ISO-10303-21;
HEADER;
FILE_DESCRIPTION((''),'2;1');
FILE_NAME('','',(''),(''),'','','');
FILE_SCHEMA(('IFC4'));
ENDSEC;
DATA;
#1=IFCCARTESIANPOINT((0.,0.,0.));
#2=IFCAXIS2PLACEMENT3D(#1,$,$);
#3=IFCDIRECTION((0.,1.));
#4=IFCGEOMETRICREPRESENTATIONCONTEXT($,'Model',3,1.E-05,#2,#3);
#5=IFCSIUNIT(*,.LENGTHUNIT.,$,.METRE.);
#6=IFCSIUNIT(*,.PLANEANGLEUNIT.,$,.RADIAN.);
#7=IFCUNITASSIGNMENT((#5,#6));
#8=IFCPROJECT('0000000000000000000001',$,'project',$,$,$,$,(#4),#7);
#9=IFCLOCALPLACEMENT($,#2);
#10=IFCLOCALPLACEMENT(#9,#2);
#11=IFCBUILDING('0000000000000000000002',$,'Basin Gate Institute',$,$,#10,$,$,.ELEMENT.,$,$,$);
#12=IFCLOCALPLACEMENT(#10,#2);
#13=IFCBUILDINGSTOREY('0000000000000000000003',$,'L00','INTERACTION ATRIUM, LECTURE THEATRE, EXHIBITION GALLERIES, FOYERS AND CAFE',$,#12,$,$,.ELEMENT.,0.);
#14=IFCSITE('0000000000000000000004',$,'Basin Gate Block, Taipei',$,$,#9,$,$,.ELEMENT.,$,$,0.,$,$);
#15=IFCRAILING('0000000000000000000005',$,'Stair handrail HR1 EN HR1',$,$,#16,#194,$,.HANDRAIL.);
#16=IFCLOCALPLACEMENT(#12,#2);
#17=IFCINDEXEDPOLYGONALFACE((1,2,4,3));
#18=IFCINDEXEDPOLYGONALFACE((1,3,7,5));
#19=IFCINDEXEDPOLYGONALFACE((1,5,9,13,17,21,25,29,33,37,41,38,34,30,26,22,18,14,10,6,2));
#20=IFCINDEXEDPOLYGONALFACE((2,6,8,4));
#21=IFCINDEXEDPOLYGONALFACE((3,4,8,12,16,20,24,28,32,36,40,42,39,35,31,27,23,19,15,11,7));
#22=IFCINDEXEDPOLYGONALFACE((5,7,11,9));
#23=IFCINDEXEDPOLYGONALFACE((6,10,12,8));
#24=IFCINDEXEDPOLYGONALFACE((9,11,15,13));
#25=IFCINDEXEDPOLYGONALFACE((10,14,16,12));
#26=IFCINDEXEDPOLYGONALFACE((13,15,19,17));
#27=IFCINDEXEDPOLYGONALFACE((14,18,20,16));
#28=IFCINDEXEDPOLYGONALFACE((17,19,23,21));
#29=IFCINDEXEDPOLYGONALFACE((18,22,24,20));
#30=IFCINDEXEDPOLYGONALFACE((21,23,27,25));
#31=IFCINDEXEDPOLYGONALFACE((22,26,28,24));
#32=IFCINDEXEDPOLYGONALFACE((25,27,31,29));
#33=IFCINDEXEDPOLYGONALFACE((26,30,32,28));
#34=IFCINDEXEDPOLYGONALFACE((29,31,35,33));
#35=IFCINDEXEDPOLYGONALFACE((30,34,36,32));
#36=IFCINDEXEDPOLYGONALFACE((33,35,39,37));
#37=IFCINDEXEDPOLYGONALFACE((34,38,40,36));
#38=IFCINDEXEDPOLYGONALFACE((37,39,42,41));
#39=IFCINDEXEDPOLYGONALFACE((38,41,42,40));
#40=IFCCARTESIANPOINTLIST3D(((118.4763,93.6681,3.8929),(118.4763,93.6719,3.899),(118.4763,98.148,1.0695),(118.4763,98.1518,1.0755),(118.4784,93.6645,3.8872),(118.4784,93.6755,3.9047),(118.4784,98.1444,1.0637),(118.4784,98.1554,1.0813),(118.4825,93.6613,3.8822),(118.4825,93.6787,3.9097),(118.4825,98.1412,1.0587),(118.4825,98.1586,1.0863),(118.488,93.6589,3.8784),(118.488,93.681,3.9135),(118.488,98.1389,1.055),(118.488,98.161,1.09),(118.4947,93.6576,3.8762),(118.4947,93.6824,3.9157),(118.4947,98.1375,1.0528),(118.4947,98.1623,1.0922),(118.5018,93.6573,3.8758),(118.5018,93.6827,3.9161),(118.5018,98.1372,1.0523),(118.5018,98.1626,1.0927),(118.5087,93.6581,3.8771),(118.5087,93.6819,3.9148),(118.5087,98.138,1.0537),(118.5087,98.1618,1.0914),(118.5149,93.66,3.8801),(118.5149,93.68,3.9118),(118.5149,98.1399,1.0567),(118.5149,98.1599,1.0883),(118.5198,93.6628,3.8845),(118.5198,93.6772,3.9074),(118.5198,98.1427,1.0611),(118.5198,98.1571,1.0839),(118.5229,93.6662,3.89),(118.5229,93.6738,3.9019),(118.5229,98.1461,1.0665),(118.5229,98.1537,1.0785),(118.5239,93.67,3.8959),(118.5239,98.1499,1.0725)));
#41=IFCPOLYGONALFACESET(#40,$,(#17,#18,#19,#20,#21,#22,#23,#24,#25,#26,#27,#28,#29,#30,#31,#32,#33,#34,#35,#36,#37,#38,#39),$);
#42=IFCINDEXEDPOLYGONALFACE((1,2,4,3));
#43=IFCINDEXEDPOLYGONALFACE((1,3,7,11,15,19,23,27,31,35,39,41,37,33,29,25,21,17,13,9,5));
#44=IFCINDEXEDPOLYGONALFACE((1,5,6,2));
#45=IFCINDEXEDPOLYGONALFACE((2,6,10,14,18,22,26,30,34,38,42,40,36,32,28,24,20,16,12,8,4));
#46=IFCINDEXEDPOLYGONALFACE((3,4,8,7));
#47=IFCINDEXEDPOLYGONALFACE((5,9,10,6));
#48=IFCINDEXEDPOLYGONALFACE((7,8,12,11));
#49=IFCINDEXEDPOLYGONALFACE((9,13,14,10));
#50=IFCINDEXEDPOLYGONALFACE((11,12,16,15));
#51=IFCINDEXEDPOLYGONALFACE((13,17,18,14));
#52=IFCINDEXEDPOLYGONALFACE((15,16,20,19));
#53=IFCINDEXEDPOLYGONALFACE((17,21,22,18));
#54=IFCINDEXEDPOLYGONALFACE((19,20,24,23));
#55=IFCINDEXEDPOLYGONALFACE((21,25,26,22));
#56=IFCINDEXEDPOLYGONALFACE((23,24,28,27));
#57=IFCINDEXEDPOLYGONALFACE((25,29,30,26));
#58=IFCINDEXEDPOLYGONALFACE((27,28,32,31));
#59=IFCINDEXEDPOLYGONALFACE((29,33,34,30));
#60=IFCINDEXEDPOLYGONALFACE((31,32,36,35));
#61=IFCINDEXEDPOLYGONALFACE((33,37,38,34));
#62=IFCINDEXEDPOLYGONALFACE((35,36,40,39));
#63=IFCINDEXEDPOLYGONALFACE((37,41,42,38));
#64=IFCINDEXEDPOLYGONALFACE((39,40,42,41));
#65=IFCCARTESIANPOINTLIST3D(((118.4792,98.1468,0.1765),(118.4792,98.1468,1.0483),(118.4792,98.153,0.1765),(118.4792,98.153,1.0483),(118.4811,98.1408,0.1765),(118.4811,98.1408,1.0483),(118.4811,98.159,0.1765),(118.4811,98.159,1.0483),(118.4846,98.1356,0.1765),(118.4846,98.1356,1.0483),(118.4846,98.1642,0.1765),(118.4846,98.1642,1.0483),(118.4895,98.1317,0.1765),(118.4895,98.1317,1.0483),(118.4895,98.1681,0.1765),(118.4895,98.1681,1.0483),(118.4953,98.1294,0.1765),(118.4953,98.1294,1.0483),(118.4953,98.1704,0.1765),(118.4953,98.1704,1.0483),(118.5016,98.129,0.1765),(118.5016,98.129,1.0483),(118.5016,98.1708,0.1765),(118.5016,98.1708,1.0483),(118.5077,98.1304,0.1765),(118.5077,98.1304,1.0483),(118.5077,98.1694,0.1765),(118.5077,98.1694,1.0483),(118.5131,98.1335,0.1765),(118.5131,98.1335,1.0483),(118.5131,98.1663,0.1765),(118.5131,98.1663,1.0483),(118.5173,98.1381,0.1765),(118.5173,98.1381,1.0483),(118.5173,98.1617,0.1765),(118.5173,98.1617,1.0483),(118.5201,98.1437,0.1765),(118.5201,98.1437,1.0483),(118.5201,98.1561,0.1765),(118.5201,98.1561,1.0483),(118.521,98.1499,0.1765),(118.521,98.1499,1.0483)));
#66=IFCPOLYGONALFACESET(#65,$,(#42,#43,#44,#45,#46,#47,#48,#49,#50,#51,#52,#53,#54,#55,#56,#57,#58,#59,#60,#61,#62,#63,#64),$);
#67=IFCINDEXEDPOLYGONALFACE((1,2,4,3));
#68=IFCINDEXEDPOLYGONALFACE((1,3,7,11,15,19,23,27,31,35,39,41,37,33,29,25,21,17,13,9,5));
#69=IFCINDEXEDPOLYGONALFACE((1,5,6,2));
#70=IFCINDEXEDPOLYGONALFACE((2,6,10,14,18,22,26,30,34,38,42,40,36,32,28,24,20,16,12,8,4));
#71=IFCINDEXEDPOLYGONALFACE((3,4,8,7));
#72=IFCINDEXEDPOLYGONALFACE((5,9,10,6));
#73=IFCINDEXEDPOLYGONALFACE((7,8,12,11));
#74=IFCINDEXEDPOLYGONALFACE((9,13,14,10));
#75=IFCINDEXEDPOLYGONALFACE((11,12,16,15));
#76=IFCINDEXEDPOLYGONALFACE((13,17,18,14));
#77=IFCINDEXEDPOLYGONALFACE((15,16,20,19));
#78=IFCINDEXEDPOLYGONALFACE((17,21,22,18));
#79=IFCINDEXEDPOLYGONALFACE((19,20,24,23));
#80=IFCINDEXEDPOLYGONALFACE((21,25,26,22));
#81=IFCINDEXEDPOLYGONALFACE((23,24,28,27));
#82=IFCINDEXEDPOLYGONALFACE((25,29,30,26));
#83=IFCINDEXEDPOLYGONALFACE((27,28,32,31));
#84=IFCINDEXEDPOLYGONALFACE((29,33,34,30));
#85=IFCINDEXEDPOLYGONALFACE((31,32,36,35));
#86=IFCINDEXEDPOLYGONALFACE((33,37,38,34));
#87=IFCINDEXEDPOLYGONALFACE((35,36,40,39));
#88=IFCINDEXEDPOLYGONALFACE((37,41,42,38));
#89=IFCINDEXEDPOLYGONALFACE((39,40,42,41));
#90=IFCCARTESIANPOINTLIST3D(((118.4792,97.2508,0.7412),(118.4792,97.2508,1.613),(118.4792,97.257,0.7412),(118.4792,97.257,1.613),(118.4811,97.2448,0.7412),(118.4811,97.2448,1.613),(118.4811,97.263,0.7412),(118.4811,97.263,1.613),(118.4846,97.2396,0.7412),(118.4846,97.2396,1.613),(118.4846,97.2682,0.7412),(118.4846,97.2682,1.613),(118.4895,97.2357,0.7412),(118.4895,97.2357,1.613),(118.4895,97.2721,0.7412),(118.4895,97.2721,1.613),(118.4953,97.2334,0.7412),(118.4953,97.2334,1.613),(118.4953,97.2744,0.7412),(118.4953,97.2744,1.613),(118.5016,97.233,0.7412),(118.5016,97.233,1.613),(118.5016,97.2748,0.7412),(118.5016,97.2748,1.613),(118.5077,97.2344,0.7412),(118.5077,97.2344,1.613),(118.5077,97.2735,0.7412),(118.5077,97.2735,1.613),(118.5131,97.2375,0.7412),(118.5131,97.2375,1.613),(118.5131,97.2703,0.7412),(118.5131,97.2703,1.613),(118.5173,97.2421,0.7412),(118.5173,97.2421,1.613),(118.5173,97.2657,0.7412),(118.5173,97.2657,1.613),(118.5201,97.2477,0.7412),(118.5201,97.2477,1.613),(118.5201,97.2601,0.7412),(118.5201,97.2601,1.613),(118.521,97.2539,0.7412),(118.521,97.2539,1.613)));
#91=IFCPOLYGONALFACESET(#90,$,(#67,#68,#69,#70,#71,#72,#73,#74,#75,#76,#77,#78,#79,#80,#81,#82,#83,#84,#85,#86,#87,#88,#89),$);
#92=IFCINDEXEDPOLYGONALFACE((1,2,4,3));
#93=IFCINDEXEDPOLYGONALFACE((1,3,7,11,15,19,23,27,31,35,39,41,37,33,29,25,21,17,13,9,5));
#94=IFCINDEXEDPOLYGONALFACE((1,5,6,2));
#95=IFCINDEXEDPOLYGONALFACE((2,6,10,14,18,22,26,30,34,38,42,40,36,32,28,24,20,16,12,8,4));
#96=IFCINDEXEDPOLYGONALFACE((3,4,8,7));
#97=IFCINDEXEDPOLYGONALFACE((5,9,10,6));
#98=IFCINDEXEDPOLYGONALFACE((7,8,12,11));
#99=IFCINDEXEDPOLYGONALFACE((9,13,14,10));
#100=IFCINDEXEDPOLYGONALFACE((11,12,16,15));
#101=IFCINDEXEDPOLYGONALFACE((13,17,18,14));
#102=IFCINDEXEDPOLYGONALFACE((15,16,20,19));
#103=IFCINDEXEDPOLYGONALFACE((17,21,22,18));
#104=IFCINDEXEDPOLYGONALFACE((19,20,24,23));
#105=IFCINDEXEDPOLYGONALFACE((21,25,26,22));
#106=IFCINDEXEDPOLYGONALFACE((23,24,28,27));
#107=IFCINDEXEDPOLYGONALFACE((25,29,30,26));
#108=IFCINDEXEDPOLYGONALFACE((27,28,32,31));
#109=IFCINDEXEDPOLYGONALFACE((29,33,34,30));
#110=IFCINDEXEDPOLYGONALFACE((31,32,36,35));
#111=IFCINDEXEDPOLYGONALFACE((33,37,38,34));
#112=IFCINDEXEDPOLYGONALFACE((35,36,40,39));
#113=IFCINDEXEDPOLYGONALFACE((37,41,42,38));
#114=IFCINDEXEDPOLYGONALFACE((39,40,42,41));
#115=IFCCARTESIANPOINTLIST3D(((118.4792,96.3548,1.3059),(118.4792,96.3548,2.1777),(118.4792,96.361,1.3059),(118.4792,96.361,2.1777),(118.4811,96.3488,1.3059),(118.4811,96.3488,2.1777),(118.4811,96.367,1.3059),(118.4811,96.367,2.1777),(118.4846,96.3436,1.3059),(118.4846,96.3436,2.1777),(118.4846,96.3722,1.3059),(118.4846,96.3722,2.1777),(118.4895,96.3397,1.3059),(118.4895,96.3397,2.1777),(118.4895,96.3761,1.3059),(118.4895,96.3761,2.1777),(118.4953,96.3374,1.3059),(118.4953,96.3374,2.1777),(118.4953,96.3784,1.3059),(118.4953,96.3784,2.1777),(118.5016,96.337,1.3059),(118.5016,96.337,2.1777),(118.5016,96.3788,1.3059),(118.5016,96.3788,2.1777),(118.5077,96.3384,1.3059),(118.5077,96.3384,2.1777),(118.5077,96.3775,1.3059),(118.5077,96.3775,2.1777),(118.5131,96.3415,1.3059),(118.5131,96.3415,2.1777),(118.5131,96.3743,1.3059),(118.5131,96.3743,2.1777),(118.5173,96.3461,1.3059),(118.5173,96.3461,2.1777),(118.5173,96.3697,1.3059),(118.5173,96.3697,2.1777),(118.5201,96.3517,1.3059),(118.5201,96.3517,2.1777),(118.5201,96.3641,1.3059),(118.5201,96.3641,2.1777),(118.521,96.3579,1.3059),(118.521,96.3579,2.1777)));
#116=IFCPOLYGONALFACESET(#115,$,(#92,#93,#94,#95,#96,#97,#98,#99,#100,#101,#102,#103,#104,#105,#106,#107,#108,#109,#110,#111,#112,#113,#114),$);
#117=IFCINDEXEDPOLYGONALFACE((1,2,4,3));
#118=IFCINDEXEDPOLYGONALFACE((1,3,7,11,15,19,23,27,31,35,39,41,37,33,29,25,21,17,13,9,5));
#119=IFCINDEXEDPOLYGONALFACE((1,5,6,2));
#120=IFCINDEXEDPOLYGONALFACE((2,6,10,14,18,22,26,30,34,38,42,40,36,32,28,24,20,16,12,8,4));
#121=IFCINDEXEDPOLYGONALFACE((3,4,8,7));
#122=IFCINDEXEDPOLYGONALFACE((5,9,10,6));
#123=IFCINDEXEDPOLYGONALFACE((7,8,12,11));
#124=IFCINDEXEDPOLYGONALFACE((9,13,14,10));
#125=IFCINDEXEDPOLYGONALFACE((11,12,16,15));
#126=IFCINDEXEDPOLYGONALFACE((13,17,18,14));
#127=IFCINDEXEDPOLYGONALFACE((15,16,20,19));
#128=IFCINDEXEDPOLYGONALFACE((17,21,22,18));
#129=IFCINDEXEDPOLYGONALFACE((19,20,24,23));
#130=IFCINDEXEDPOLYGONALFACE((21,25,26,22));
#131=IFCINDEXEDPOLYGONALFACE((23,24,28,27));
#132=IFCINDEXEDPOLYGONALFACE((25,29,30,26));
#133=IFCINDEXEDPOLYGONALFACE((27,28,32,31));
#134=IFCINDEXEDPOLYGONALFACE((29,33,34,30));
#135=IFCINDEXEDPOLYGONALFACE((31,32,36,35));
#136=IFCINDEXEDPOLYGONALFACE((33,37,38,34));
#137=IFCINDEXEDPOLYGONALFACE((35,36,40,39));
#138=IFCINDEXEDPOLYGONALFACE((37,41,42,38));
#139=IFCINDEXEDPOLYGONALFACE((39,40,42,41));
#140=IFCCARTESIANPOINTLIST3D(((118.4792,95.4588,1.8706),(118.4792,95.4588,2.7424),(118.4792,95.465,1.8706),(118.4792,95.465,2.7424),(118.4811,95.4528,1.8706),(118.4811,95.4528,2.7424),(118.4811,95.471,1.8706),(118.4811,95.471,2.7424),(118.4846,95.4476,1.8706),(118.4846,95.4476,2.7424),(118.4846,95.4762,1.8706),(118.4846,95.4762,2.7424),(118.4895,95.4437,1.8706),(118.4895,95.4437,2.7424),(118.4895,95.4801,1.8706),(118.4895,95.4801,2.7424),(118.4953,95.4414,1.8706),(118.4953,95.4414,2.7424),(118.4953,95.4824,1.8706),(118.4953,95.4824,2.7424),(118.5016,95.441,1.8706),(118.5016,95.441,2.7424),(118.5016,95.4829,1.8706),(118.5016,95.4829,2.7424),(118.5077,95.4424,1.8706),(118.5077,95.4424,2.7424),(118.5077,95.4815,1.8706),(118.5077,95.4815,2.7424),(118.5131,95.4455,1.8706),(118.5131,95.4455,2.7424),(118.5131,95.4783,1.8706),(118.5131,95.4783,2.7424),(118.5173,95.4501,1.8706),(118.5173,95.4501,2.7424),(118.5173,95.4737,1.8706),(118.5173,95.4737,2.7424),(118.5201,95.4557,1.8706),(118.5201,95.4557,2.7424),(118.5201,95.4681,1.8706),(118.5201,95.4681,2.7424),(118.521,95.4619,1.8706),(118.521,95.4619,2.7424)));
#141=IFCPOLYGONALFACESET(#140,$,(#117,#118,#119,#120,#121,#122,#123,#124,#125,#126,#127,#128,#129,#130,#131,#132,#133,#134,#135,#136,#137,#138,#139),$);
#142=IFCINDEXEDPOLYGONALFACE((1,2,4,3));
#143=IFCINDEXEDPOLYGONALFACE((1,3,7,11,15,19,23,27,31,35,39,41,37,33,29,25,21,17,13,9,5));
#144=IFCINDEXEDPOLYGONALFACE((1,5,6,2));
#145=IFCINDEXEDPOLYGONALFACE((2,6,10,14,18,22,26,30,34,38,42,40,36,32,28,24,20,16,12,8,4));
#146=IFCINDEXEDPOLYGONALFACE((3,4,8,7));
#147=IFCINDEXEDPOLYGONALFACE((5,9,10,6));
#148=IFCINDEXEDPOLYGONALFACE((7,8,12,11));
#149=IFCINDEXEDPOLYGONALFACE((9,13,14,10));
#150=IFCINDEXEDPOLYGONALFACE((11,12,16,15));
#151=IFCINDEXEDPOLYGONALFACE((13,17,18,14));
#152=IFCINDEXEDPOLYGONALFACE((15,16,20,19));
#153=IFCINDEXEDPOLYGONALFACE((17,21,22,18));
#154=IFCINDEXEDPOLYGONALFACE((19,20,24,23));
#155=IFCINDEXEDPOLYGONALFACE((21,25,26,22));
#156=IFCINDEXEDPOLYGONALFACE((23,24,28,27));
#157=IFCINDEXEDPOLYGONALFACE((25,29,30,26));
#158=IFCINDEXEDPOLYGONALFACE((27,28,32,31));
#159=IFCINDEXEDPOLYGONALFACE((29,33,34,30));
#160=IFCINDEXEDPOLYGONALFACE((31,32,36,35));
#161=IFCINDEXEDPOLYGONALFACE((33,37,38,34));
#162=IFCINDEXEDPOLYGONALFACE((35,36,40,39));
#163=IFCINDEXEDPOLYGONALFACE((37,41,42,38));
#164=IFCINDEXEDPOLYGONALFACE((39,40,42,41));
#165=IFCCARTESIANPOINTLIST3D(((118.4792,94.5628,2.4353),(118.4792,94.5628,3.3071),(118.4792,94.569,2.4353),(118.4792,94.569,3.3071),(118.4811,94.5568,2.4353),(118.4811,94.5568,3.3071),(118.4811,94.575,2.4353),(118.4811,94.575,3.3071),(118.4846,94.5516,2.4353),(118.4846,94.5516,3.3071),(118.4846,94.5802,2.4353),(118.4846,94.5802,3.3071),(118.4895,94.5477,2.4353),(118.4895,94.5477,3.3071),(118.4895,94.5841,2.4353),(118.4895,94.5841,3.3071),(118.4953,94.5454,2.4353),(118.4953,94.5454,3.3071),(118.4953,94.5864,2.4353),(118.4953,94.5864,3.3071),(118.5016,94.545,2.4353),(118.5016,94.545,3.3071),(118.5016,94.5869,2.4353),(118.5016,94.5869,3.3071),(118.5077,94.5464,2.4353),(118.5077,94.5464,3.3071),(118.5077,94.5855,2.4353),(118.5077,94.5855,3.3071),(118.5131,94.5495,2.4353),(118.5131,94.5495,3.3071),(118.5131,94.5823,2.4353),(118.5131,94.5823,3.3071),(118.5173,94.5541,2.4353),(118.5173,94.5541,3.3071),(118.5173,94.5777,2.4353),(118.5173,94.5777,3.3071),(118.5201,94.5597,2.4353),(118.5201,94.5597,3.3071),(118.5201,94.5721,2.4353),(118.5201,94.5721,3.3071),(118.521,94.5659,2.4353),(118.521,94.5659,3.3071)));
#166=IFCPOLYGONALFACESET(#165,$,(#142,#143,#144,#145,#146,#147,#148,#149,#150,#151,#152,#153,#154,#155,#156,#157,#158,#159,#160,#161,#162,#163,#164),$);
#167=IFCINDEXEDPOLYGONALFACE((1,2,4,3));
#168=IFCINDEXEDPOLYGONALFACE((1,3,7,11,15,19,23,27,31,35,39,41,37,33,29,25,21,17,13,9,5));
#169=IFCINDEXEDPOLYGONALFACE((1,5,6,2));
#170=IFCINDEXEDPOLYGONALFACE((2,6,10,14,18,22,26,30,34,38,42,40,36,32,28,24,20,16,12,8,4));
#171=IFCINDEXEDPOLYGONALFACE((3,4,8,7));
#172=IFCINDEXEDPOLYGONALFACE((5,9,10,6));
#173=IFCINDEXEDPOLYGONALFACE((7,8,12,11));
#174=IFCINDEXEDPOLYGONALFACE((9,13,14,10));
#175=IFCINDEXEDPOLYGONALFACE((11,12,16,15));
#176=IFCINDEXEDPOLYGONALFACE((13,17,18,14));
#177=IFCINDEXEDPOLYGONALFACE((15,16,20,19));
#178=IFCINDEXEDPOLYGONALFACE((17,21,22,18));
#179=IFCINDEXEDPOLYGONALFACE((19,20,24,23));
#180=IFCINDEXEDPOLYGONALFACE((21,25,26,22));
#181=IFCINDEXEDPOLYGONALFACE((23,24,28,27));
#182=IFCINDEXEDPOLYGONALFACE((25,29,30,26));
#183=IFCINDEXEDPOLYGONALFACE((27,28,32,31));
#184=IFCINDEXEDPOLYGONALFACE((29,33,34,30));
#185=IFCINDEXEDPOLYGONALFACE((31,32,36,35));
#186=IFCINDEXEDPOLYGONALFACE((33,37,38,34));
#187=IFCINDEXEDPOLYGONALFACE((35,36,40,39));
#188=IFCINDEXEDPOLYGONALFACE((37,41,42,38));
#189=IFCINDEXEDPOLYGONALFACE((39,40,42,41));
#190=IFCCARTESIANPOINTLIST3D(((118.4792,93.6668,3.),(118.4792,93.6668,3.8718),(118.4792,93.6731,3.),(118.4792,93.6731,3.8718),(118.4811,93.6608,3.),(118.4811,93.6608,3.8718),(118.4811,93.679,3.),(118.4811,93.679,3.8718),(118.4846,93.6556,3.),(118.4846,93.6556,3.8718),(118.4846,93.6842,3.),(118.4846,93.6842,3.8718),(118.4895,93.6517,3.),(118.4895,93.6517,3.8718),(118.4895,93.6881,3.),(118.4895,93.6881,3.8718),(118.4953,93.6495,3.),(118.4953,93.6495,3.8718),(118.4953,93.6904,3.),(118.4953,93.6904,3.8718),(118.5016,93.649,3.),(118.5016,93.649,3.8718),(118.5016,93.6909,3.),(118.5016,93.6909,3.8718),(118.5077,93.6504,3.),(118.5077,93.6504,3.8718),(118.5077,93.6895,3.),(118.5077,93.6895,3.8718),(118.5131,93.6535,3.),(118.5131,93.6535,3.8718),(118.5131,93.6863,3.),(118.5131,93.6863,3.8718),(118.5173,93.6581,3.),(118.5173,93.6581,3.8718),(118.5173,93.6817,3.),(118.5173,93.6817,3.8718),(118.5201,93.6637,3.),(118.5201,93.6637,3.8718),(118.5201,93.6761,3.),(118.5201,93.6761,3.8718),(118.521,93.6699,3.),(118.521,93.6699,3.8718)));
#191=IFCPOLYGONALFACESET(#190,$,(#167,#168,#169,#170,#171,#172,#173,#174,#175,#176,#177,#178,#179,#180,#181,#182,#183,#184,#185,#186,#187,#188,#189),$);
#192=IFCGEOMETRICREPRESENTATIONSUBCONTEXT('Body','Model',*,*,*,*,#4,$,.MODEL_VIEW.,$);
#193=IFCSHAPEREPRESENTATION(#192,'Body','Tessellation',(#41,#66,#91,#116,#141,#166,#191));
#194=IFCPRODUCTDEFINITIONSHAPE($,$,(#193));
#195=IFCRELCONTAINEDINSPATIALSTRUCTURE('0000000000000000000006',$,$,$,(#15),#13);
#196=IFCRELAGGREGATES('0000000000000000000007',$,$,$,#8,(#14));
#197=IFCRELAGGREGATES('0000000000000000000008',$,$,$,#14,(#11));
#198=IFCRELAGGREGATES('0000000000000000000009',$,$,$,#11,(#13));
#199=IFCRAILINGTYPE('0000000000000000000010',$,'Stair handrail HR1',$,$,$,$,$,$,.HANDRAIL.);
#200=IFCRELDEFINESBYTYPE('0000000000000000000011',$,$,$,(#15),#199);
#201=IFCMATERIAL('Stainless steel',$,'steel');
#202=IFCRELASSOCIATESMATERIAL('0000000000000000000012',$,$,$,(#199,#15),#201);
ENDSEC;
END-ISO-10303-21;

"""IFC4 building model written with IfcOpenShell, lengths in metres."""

from ifc_helpers import new_model, si_unit, direction, frame, origin, origin_2d, place, context, subcontext, project, spatial, circle, extrude, material, type_object, element, save


model = new_model("IFC4")

# Units and contexts
model_context = context("Model", 3, precision=1e-05, world=origin(), true_north=direction((0.0, 1.0)))
body_context = subcontext(model_context, "Body", "Model", "MODEL_VIEW")
ifc_project = project(units=[si_unit("LENGTHUNIT", "METRE"), si_unit("PLANEANGLEUNIT", "RADIAN")], contexts=[model_context])

# Site, building, storey
site_placement = place(None, origin())
site = spatial("IfcSite", under=ifc_project, at=site_placement, Name="Basin Gate Block, Taipei", CompositionType="ELEMENT", RefElevation=0.0)
building_placement = place(site_placement, origin())
building = spatial("IfcBuilding", under=site, at=building_placement, Name="Basin Gate Institute", CompositionType="ELEMENT")
storey_placement = place(building_placement, origin())
storey = spatial("IfcBuildingStorey", under=building, at=storey_placement, Name="L00", Description="INTERACTION ATRIUM, LECTURE THEATRE, EXHIBITION GALLERIES, FOYERS AND CAFE", CompositionType="ELEMENT", Elevation=0.0)

# Railing
ifc_material_1 = material(Name="Stainless steel", Category="steel")
railing_type_1 = type_object("IfcRailingType", Name="Stair handrail HR1", PredefinedType="HANDRAIL", material=ifc_material_1)
for number, where, name in (
    (1, (118.5, 98.1499, 0.1765), "Stair handrail HR1 EN HR1"),
):
    element("IfcRailing", number, at=place(storey_placement, frame(where)), inside=storey, type_object=railing_type_1, material=ifc_material_1, Name=name, PredefinedType="HANDRAIL", context=body_context, shape_type="SweptSolid", body=[
        extrude(circle(Radius=0.0239, at=origin_2d()), frame((0.0, 0.0, 0.896), z_axis=(0.0, -0.845998, 0.533186), x_axis=(1.0, 0.0, 0.0)), (0.0, 0.0, 1.0), 5.2954),
        extrude(circle(Radius=0.021, at=origin_2d()), origin(), (0.0, 0.0, 1.0), 0.8718),
        extrude(circle(Radius=0.021, at=origin_2d()), frame((0.0, -0.896, 0.5647)), (0.0, 0.0, 1.0), 0.8718),
        extrude(circle(Radius=0.021, at=origin_2d()), frame((0.0, -1.792, 1.1294)), (0.0, 0.0, 1.0), 0.8718),
        extrude(circle(Radius=0.021, at=origin_2d()), frame((0.0, -2.688, 1.6941)), (0.0, 0.0, 1.0), 0.8718),
        extrude(circle(Radius=0.021, at=origin_2d()), frame((0.0, -3.584, 2.2588)), (0.0, 0.0, 1.0), 0.8718),
        extrude(circle(Radius=0.021, at=origin_2d()), frame((0.0, -4.48, 2.8235)), (0.0, 0.0, 1.0), 0.8718),
    ])

save(model, "model.ifc")
